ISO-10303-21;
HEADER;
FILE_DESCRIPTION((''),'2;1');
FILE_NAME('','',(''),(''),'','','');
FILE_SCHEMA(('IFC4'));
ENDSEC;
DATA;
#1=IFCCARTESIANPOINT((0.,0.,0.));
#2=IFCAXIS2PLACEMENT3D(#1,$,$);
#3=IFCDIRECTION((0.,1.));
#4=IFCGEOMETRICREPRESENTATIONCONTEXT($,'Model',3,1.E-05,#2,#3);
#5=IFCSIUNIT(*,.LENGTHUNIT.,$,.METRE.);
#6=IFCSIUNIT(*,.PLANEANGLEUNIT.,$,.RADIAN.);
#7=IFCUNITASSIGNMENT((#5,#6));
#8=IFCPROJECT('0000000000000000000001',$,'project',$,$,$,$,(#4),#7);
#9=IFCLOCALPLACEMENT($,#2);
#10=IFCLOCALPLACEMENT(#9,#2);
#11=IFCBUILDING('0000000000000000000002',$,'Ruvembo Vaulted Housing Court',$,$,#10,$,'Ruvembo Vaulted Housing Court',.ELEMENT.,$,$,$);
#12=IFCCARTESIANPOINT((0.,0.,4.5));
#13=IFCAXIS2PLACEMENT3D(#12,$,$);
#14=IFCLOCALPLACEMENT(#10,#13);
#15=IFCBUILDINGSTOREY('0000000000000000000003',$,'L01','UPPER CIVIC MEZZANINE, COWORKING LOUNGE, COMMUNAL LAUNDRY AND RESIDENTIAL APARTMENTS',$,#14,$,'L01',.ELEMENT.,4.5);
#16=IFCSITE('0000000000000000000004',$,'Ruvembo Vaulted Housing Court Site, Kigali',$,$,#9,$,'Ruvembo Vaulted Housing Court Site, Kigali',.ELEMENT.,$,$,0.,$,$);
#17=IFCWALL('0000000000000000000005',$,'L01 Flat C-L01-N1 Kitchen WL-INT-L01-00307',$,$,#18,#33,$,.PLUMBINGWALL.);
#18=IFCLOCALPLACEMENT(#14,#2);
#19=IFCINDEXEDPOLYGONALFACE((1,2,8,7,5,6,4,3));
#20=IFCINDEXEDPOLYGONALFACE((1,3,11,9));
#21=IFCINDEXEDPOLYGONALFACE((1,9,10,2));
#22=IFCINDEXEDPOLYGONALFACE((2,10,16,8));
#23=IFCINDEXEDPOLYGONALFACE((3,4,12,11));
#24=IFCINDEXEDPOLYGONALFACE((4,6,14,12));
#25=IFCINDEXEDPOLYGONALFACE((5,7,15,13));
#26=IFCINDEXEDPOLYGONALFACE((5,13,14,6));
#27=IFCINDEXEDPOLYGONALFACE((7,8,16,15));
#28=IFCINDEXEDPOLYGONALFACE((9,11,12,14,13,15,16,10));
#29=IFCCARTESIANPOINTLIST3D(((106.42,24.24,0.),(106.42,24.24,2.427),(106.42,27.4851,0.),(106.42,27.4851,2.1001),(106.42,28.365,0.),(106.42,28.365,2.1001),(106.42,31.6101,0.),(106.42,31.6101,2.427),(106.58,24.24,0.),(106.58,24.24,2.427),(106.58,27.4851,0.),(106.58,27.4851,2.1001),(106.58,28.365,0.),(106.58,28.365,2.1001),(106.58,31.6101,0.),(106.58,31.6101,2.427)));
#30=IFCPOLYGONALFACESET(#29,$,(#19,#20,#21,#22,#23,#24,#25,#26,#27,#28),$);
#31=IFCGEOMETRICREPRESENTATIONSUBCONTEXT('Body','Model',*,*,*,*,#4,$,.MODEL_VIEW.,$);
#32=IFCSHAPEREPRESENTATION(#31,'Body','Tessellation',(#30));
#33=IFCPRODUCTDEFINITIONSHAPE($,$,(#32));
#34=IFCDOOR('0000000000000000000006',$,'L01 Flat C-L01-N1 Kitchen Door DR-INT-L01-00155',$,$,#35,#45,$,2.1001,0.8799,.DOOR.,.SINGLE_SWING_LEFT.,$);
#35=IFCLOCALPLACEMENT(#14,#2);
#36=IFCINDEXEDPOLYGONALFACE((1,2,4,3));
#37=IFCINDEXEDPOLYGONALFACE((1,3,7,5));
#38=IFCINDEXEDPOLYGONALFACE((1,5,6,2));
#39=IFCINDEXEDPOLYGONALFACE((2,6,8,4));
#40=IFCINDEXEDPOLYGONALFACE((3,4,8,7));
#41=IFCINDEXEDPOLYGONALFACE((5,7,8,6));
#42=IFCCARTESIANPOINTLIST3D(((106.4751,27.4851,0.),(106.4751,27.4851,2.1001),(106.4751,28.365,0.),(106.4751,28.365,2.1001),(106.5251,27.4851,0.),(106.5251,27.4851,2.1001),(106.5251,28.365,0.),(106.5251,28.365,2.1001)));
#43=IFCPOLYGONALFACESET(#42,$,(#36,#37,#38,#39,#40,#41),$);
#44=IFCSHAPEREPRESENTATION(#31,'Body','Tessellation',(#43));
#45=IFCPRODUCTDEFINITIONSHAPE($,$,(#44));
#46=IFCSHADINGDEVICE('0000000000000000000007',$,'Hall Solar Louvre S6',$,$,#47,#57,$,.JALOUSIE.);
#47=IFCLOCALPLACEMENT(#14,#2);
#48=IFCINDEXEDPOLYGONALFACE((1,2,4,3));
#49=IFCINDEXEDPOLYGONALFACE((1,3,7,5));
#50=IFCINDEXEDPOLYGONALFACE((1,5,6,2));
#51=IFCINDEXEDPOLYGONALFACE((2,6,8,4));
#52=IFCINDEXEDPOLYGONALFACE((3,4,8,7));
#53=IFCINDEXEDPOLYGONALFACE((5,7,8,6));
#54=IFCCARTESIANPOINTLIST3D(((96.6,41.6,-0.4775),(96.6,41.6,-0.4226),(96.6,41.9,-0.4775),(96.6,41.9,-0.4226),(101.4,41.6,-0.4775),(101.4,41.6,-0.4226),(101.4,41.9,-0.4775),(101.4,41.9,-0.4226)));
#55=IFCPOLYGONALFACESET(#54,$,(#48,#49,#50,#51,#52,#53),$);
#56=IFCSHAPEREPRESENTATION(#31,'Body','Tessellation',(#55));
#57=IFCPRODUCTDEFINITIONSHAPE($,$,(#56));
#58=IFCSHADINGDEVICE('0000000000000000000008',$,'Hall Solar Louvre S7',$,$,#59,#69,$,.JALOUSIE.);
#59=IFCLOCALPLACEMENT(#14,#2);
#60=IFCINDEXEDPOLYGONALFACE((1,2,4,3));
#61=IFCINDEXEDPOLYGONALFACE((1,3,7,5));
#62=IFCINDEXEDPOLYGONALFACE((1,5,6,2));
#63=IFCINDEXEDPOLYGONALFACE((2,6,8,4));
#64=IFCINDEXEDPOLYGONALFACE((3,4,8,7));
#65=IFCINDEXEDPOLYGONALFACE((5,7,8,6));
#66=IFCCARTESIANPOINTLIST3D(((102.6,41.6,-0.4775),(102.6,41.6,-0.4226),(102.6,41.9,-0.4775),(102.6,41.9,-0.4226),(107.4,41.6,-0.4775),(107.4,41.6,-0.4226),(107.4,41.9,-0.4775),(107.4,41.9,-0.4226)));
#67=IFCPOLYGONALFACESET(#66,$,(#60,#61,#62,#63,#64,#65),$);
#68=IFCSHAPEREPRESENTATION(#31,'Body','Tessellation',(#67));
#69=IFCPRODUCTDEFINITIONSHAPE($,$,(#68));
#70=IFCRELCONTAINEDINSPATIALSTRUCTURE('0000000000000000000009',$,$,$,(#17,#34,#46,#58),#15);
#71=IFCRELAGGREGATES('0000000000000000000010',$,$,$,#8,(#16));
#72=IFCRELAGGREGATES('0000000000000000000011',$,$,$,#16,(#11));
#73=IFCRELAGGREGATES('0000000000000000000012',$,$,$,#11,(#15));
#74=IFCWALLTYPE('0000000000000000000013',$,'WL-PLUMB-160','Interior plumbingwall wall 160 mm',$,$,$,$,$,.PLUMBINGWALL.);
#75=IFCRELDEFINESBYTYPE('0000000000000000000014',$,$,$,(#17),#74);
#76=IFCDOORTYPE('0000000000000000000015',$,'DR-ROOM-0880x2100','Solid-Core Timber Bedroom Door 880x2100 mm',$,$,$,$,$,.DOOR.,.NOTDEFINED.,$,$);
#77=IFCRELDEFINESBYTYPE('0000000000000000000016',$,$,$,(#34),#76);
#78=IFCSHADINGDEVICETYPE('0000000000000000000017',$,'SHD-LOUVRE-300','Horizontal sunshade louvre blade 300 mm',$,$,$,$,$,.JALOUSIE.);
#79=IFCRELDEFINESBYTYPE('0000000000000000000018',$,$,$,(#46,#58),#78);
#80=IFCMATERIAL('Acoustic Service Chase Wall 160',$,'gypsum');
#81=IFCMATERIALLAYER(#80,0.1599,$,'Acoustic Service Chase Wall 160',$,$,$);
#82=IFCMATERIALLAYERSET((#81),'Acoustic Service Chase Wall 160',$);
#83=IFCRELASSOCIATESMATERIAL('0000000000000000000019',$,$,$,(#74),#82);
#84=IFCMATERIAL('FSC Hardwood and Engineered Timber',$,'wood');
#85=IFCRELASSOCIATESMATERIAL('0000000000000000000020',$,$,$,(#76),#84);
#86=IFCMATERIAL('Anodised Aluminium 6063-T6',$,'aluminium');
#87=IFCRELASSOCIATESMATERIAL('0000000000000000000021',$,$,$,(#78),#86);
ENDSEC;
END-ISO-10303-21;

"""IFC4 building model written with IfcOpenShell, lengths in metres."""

from ifc_helpers import new_model, si_unit, direction, frame, frame_2d, origin, origin_2d, place, context, subcontext, project, spatial, rectangle, extrude, material, layer, layer_set, type_object, element, fill, save


model = new_model("IFC4")

# Units and contexts
model_context = context("Model", 3, precision=1e-05, world=origin(), true_north=direction((0.0, 1.0)))
body_context = subcontext(model_context, "Body", "Model", "MODEL_VIEW")
ifc_project = project(units=[si_unit("LENGTHUNIT", "METRE"), si_unit("PLANEANGLEUNIT", "RADIAN")], contexts=[model_context])

# Site, building, storey
site_placement = place(None, origin())
site = spatial("IfcSite", under=ifc_project, at=site_placement, Name="Ruvembo Vaulted Housing Court Site, Kigali", LongName="Ruvembo Vaulted Housing Court Site, Kigali", CompositionType="ELEMENT", RefElevation=0.0)
building_placement = place(site_placement, origin())
building = spatial("IfcBuilding", under=site, at=building_placement, Name="Ruvembo Vaulted Housing Court", LongName="Ruvembo Vaulted Housing Court", CompositionType="ELEMENT")
storey_placement = place(building_placement, frame((0.0, 0.0, 4.5)))
storey = spatial("IfcBuildingStorey", under=building, at=storey_placement, Name="L01", Description="UPPER CIVIC MEZZANINE, COWORKING LOUNGE, COMMUNAL LAUNDRY AND RESIDENTIAL APARTMENTS", LongName="L01", CompositionType="ELEMENT", Elevation=4.5)

# Shared definitions
ifc_material_1 = material(Name="Anodised Aluminium 6063-T6", Category="aluminium")

# Shared definitions
ifc_material_2 = material(Name="FSC Hardwood and Engineered Timber", Category="wood")

# Wall, opening, door
ifc_material_3 = material(Name="Acoustic Service Chase Wall 160", Category="gypsum")
ifc_layer_1 = layer(ifc_material_3, 0.1599, Name="Acoustic Service Chase Wall 160")
ifc_layer_set_1 = layer_set([ifc_layer_1], Name="Acoustic Service Chase Wall 160")
wall_type_1 = type_object("IfcWallType", Name="WL-PLUMB-160", Description="Interior plumbingwall wall 160 mm", PredefinedType="PLUMBINGWALL", material=ifc_layer_set_1)
wall_1_placement = place(storey_placement, frame((106.5, 24.24, 0.0), z_axis=(0.0, 0.0, 1.0), x_axis=(0.0, 1.0, 0.0)))
wall_1 = element("IfcWall", 1, at=wall_1_placement, inside=storey, type_object=wall_type_1, Name="L01 Flat C-L01-N1 Kitchen WL-INT-L01-00307", PredefinedType="PLUMBINGWALL", context=body_context, shape_type="SweptSolid", body=[
    extrude(rectangle(XDim=7.3701, YDim=0.1599, at=frame_2d((3.6851, 0.0))), origin(), (0.0, 0.0, 1.0), 2.427),
])
opening_1_placement = place(wall_1_placement, frame((3.2451, 0.0, 0.0)))
opening_1 = element("IfcOpeningElement", 2, at=opening_1_placement, cuts=wall_1, PredefinedType="OPENING", context=body_context, shape_type="SweptSolid", body=[
    extrude(rectangle(XDim=0.8799, YDim=2.1001, at=frame_2d((0.4399, 1.05))), frame((0.0, 0.0898, 0.0), z_axis=(0.0, -1.0, 0.0), x_axis=(1.0, 0.0, 0.0)), (0.0, 0.0, 1.0), 0.1799),
])
door_type_1 = type_object("IfcDoorType", Name="DR-ROOM-0880x2100", Description="Solid-Core Timber Bedroom Door 880x2100 mm", OperationType="NOTDEFINED", PredefinedType="DOOR", material=ifc_material_2)
door_1_placement = place(opening_1_placement, origin())
door_1 = element("IfcDoor", 3, at=door_1_placement, inside=storey, type_object=door_type_1, Name="L01 Flat C-L01-N1 Kitchen Door DR-INT-L01-00155", OperationType="SINGLE_SWING_LEFT", OverallHeight=2.1001, OverallWidth=0.8799, PredefinedType="DOOR", context=body_context, shape_type="SweptSolid", body=[
    extrude(rectangle(XDim=0.8799, YDim=2.1001, at=frame_2d((0.4399, 1.05))), frame((0.0, 0.0249, 0.0), z_axis=(0.0, -1.0, 0.0), x_axis=(1.0, 0.0, 0.0)), (0.0, 0.0, 1.0), 0.05),
])
fill(opening_1, door_1)

# Shading devices
shading_device_type = type_object("IfcShadingDeviceType", Name="SHD-LOUVRE-300", Description="Horizontal sunshade louvre blade 300 mm", PredefinedType="JALOUSIE", material=ifc_material_1)
for number, where, z_axis, x_axis, name in (
    (4, (99.0, 41.75, -0.4775), (0.0, 0.0, 1.0), (1.0, 0.0, 0.0), "Hall Solar Louvre S6"),
    (5, (105.0, 41.75, -0.4775), (0.0, 0.0, 1.0), (1.0, 0.0, 0.0), "Hall Solar Louvre S7"),
):
    element("IfcShadingDevice", number, at=place(storey_placement, frame(where, z_axis=z_axis, x_axis=x_axis)), inside=storey, type_object=shading_device_type, Name=name, PredefinedType="JALOUSIE", context=body_context, shape_type="SweptSolid", body=[
        extrude(rectangle(XDim=4.8, YDim=0.3, at=origin_2d()), origin(), (0.0, 0.0, 1.0), 0.0549),
    ])

save(model, "model.ifc")
